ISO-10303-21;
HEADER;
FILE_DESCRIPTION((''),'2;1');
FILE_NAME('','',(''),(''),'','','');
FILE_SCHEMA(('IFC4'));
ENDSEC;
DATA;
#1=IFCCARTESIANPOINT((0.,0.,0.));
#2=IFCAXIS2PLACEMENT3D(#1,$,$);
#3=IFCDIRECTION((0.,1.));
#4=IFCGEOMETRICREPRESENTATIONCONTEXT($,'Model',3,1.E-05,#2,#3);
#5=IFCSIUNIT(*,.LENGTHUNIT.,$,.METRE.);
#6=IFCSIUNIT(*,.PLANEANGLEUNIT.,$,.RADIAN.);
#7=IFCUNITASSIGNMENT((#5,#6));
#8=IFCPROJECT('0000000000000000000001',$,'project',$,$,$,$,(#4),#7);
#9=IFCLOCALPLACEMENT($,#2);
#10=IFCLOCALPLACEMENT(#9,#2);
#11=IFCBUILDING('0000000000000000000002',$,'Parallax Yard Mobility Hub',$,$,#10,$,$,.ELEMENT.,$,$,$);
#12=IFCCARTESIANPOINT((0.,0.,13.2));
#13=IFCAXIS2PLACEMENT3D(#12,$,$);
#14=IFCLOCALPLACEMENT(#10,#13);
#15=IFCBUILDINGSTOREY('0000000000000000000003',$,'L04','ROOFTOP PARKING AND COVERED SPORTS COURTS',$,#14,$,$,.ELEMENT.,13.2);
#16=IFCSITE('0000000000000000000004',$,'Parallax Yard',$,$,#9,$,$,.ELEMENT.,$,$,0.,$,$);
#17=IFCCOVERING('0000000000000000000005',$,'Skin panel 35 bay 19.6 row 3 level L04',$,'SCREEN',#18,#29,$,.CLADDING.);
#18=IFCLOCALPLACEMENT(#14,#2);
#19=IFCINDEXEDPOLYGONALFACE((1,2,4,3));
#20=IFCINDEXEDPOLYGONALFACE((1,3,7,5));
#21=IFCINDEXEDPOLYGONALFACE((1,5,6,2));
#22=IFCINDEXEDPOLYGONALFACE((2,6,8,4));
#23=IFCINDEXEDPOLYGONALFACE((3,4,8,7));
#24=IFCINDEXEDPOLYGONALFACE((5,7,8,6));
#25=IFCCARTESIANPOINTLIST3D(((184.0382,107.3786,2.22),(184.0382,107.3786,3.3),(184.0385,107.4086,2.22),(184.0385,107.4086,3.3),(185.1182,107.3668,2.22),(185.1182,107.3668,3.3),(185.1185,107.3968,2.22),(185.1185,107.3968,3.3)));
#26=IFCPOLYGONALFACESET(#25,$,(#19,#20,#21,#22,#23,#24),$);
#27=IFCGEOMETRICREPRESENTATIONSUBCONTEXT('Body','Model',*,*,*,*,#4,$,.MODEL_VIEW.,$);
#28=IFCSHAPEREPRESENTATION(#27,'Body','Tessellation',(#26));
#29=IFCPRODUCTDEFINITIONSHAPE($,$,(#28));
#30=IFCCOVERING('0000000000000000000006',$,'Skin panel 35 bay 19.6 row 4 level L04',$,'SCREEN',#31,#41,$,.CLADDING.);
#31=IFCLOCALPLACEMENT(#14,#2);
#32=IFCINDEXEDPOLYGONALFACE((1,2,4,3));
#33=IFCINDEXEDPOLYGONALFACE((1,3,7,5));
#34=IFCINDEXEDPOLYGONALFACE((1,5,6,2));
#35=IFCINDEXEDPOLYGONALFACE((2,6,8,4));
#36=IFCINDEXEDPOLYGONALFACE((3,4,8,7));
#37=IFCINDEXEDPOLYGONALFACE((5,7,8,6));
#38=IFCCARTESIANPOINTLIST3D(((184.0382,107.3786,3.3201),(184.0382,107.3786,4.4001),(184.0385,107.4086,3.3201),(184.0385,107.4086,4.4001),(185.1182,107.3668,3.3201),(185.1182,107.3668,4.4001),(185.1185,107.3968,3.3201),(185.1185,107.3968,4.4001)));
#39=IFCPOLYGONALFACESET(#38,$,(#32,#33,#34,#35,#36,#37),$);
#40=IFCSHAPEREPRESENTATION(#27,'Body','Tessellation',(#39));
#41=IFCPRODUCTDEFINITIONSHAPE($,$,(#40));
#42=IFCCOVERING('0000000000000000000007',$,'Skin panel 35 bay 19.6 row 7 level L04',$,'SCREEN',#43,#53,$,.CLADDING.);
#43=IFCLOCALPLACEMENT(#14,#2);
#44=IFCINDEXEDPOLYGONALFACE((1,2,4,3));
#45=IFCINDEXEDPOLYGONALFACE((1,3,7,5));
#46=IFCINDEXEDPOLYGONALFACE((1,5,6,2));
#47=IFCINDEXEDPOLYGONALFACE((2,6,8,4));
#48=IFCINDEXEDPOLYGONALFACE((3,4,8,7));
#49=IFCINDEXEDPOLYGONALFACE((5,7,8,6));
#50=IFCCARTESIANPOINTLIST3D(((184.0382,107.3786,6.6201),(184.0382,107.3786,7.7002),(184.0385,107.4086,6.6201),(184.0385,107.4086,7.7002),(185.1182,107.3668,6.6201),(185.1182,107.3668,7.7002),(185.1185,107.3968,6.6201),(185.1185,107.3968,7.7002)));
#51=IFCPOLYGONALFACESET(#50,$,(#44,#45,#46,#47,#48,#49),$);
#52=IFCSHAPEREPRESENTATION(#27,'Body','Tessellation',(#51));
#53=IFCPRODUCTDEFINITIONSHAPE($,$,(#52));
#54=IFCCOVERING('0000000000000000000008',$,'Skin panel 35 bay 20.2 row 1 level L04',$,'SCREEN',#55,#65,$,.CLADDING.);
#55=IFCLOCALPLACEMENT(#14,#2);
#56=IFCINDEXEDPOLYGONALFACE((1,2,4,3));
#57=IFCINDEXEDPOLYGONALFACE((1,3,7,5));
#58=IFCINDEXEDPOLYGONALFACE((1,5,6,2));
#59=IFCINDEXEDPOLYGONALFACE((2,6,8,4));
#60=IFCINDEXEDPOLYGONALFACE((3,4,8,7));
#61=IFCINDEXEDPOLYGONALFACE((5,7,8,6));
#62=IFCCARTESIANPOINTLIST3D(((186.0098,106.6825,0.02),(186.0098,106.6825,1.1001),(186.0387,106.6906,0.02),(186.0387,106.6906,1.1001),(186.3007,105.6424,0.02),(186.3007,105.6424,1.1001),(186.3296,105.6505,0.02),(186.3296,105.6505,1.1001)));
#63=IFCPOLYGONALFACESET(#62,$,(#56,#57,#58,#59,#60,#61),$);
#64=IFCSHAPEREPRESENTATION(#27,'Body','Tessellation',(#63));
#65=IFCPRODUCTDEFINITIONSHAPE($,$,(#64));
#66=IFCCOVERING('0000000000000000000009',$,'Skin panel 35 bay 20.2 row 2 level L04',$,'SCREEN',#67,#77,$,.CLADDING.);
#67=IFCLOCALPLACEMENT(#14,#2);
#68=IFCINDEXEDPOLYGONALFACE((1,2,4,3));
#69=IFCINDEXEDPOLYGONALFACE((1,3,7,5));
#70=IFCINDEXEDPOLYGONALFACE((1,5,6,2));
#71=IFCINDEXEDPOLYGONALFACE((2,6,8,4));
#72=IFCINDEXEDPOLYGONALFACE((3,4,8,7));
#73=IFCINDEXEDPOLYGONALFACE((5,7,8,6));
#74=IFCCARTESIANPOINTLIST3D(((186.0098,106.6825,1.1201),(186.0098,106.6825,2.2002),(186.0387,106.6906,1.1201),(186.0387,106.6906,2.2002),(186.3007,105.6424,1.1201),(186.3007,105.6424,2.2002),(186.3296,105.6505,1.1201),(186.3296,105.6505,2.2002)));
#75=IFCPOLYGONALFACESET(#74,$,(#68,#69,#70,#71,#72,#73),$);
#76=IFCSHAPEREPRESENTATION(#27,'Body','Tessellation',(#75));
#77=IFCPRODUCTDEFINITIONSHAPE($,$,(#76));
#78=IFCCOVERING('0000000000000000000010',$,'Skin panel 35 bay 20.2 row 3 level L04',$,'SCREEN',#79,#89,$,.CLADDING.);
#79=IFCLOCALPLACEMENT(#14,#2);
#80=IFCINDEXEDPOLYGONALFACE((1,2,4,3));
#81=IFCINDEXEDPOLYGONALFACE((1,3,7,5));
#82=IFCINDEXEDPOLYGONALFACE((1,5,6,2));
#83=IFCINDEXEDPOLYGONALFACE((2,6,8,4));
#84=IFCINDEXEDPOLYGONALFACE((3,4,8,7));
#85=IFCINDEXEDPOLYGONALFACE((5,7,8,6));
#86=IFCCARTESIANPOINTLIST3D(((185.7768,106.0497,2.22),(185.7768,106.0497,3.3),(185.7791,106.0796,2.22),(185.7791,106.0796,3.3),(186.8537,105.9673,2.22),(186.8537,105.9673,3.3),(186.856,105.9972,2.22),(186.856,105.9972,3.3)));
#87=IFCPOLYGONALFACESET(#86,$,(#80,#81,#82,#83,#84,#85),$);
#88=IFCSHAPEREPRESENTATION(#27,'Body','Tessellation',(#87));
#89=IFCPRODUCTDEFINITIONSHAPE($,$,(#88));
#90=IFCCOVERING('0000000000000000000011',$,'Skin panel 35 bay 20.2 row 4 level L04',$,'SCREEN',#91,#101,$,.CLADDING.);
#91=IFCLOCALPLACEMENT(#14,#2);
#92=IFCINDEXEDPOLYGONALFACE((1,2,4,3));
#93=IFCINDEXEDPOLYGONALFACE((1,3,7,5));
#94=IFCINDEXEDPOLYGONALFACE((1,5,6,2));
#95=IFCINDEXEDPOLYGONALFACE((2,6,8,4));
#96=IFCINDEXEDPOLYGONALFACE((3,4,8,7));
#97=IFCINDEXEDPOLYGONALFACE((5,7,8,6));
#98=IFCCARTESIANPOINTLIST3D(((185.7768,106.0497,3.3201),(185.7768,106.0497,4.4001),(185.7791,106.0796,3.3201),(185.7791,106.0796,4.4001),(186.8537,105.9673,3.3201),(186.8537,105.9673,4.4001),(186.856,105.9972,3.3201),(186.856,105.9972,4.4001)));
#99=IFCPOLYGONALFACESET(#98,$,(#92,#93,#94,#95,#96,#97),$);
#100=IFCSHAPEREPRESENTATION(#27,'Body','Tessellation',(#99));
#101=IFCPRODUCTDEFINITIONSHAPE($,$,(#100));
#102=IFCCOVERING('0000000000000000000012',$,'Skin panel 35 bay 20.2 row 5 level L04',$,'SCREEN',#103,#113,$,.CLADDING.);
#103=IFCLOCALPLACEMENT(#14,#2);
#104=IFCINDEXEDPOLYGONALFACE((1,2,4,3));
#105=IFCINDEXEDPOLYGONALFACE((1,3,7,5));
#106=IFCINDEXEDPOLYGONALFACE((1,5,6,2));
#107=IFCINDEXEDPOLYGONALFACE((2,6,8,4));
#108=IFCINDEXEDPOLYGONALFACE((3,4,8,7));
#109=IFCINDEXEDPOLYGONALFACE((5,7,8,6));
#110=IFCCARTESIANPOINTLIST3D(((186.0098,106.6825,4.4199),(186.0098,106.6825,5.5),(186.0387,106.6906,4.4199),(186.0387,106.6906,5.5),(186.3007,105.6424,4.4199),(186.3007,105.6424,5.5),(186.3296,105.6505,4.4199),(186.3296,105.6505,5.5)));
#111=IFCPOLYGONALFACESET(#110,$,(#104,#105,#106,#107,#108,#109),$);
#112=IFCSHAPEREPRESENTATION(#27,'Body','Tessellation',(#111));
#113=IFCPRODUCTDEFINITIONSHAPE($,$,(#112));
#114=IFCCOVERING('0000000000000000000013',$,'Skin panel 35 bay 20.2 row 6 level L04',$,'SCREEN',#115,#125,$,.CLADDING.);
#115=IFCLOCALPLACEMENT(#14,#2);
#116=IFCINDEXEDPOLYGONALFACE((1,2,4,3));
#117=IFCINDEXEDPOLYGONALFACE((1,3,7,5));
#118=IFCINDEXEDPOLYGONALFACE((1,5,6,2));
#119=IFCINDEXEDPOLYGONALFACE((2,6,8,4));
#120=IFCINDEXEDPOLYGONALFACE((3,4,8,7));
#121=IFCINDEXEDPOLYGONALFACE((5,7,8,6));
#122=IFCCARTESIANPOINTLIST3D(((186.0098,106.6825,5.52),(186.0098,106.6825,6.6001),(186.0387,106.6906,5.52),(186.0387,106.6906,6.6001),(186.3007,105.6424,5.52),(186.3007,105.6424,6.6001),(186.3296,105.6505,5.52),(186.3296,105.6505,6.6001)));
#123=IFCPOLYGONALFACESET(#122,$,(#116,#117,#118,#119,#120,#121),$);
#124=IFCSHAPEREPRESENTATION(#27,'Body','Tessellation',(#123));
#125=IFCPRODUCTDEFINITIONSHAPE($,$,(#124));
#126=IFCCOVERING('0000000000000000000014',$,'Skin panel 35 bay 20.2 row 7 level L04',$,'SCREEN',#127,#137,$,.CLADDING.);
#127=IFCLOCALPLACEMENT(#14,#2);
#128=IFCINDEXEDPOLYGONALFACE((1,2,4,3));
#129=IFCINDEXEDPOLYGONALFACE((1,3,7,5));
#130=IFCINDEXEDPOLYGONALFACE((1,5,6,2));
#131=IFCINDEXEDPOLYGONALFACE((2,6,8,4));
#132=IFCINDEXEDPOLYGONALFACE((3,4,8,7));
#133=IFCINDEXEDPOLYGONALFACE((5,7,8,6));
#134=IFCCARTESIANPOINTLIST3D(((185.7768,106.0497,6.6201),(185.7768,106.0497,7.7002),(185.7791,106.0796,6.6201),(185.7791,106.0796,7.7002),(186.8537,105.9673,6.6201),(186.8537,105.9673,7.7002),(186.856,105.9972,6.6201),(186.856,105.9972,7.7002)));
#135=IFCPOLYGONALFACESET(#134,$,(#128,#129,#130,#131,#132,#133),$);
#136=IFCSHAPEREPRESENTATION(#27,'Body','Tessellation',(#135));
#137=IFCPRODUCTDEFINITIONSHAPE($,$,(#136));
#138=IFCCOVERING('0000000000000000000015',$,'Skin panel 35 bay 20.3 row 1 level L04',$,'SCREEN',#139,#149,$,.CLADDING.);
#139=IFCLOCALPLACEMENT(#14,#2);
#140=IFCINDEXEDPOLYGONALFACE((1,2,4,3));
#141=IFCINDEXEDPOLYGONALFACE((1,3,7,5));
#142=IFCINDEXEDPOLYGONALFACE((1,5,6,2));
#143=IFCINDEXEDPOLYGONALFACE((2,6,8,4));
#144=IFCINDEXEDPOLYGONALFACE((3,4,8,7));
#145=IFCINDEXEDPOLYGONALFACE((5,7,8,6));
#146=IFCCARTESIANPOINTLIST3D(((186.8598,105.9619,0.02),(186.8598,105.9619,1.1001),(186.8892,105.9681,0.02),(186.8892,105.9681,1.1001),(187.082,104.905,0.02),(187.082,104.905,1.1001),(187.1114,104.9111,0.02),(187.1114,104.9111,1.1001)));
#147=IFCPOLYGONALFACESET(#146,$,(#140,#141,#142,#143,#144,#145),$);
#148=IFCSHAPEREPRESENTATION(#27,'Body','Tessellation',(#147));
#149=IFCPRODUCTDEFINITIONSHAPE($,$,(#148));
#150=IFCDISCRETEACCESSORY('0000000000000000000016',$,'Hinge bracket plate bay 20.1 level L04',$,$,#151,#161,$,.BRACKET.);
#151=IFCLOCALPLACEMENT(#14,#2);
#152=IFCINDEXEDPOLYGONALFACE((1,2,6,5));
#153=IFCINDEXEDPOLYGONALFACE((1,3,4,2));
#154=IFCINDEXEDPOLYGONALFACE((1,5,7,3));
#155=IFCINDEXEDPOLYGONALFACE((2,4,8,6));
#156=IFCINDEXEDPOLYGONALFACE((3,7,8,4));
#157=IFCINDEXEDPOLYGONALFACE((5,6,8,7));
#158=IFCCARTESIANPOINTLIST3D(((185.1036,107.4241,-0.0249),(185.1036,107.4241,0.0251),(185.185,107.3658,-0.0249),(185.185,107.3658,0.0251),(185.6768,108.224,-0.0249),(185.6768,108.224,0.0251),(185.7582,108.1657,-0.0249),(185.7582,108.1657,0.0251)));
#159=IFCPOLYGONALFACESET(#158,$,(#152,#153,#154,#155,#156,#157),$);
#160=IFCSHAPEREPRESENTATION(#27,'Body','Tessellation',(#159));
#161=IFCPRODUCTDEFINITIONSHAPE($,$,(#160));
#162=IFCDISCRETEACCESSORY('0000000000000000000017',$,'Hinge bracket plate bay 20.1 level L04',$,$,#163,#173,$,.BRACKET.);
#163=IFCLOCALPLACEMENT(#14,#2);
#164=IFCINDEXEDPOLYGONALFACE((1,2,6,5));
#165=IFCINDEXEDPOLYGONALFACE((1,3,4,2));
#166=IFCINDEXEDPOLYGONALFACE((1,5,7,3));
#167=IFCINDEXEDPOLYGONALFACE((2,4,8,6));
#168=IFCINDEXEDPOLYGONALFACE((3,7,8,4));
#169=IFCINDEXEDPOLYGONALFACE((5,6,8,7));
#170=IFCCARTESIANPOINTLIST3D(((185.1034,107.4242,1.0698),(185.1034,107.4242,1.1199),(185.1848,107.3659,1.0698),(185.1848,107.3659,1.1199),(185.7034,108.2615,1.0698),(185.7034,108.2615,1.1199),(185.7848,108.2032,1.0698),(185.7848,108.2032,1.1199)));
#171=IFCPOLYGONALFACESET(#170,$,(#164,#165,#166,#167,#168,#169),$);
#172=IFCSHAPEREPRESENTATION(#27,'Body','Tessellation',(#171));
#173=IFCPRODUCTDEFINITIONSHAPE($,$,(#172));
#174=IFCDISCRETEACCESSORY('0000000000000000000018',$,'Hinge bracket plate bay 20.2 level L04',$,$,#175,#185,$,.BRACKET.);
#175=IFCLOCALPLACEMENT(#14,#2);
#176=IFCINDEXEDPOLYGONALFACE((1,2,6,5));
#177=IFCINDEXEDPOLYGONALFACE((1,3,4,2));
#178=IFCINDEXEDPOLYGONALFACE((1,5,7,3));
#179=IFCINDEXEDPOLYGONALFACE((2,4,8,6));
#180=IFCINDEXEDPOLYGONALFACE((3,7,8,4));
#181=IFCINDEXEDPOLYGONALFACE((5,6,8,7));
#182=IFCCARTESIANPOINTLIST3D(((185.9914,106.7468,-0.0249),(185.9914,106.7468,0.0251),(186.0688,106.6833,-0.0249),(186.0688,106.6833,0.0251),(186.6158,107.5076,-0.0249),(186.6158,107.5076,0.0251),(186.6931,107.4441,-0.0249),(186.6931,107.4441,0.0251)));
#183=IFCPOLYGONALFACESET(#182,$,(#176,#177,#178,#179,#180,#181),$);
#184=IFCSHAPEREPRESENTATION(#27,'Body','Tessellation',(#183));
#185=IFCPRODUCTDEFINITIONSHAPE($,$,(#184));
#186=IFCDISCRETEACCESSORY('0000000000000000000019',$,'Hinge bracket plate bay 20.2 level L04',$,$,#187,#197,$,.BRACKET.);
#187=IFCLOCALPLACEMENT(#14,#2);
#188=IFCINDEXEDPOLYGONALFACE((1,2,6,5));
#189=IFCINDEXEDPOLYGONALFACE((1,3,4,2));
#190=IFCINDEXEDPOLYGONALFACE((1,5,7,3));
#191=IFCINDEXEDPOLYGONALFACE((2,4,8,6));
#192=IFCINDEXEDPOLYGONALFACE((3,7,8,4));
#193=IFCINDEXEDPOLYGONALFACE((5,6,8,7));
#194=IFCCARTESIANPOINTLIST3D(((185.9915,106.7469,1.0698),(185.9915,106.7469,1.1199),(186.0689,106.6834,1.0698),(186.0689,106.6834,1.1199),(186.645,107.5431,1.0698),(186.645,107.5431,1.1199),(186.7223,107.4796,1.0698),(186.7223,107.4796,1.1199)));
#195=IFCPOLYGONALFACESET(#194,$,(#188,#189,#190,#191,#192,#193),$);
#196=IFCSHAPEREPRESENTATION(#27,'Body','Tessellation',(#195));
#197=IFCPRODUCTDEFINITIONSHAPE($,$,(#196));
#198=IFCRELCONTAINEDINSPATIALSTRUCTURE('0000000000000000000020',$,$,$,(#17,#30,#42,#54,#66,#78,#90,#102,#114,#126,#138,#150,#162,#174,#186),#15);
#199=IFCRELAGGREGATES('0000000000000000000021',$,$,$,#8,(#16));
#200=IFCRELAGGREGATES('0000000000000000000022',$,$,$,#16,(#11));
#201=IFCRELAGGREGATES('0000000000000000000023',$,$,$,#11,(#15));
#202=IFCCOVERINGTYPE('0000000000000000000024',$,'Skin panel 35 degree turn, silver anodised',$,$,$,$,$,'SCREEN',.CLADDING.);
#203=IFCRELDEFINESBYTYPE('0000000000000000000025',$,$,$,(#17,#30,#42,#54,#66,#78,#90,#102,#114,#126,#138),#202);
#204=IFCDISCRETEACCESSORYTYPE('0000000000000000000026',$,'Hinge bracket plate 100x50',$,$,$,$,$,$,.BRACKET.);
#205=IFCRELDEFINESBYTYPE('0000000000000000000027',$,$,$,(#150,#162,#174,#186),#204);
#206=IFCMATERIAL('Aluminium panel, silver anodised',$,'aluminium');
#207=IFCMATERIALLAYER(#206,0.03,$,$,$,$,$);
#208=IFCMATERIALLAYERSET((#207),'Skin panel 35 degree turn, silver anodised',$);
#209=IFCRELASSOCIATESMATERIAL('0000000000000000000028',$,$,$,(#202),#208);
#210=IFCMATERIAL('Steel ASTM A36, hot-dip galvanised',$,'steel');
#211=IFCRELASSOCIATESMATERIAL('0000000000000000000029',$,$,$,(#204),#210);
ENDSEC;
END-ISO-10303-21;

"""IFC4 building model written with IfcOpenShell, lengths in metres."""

from ifc_helpers import new_model, si_unit, direction, frame, origin, origin_2d, place, context, subcontext, project, spatial, rectangle, extrude, material, layer, layer_set, type_object, element, save


model = new_model("IFC4")

# Units and contexts
model_context = context("Model", 3, precision=1e-05, world=origin(), true_north=direction((0.0, 1.0)))
body_context = subcontext(model_context, "Body", "Model", "MODEL_VIEW")
ifc_project = project(units=[si_unit("LENGTHUNIT", "METRE"), si_unit("PLANEANGLEUNIT", "RADIAN")], contexts=[model_context])

# Site, building, storey
site_placement = place(None, origin())
site = spatial("IfcSite", under=ifc_project, at=site_placement, Name="Parallax Yard", CompositionType="ELEMENT", RefElevation=0.0)
building_placement = place(site_placement, origin())
building = spatial("IfcBuilding", under=site, at=building_placement, Name="Parallax Yard Mobility Hub", CompositionType="ELEMENT")
storey_placement = place(building_placement, frame((0.0, 0.0, 13.2)))
storey = spatial("IfcBuildingStorey", under=building, at=storey_placement, Name="L04", Description="ROOFTOP PARKING AND COVERED SPORTS COURTS", CompositionType="ELEMENT", Elevation=13.2)

# Coverings
ifc_material_1 = material(Name="Aluminium panel, silver anodised", Category="aluminium")
ifc_layer_1 = layer(ifc_material_1, 0.03)
ifc_layer_set_1 = layer_set([ifc_layer_1], Name="Skin panel 35 degree turn, silver anodised")
covering_type_1 = type_object("IfcCoveringType", Name="Skin panel 35 degree turn, silver anodised", ElementType="SCREEN", PredefinedType="CLADDING", material=ifc_layer_set_1)
for number, where, z_axis, x_axis, name in (
    (1, (184.5784, 107.3877, 2.22), (0.0, 0.0, 1.0), (-0.999941, 0.010908, 0.0), "Skin panel 35 bay 19.6 row 3 level L04"),
    (2, (184.5784, 107.3877, 3.3201), (0.0, 0.0, 1.0), (-0.999941, 0.010908, 0.0), "Skin panel 35 bay 19.6 row 4 level L04"),
    (3, (184.5784, 107.3877, 6.6201), (0.0, 0.0, 1.0), (-0.999941, 0.010908, 0.0), "Skin panel 35 bay 19.6 row 7 level L04"),
    (4, (186.1697, 106.1665, 0.02), (0.0, 0.0, 1.0), (0.26934, -0.963045, 0.0), "Skin panel 35 bay 20.2 row 1 level L04"),
    (5, (186.1697, 106.1665, 1.1201), (0.0, 0.0, 1.0), (0.26934, -0.963045, 0.0), "Skin panel 35 bay 20.2 row 2 level L04"),
    (6, (186.3164, 106.0234, 2.22), (0.0, 0.0, 1.0), (-0.997086, 0.076284, 0.0), "Skin panel 35 bay 20.2 row 3 level L04"),
    (7, (186.3164, 106.0234, 3.3201), (0.0, 0.0, 1.0), (-0.997086, 0.076284, 0.0), "Skin panel 35 bay 20.2 row 4 level L04"),
    (8, (186.1697, 106.1665, 4.4199), (0.0, 0.0, 1.0), (0.26934, -0.963045, 0.0), "Skin panel 35 bay 20.2 row 5 level L04"),
    (9, (186.1697, 106.1665, 5.52), (0.0, 0.0, 1.0), (0.26934, -0.963045, 0.0), "Skin panel 35 bay 20.2 row 6 level L04"),
    (10, (186.3164, 106.0234, 6.6201), (0.0, 0.0, 1.0), (-0.997086, 0.076284, 0.0), "Skin panel 35 bay 20.2 row 7 level L04"),
    (11, (186.9856, 105.4365, 0.02), (0.0, 0.0, 1.0), (0.205777, -0.978599, 0.0), "Skin panel 35 bay 20.3 row 1 level L04"),
):
    element("IfcCovering", number, at=place(storey_placement, frame(where, z_axis=z_axis, x_axis=x_axis)), inside=storey, type_object=covering_type_1, Name=name, ObjectType="SCREEN", PredefinedType="CLADDING", context=body_context, shape_type="SweptSolid", body=[
        extrude(rectangle(XDim=1.0801, YDim=0.03, at=origin_2d()), origin(), (0.0, 0.0, 1.0), 1.0801),
    ])

# Discrete accessories
ifc_material_2 = material(Name="Steel ASTM A36, hot-dip galvanised", Category="steel")
discrete_accessory_type_1 = type_object("IfcDiscreteAccessoryType", Name="Hinge bracket plate 100x50", PredefinedType="BRACKET", material=ifc_material_2)
discrete_accessory_1_placement = place(storey_placement, frame((185.4309, 107.7949, -0.0249), z_axis=(0.0, 0.0, 1.0), x_axis=(-0.582478, -0.812847, 0.0)))
element("IfcDiscreteAccessory", 12, at=discrete_accessory_1_placement, inside=storey, type_object=discrete_accessory_type_1, Name="Hinge bracket plate bay 20.1 level L04", PredefinedType="BRACKET", context=body_context, shape_type="SweptSolid", body=[
    extrude(rectangle(XDim=0.9841, YDim=0.1001, at=origin_2d()), origin(), (0.0, 0.0, 1.0), 0.05),
])
discrete_accessory_2_placement = place(storey_placement, frame((185.4441, 107.8137, 1.0698), z_axis=(0.0, 0.0, 1.0), x_axis=(-0.582478, -0.812847, 0.0)))
element("IfcDiscreteAccessory", 13, at=discrete_accessory_2_placement, inside=storey, type_object=discrete_accessory_type_1, Name="Hinge bracket plate bay 20.1 level L04", PredefinedType="BRACKET", context=body_context, shape_type="SweptSolid", body=[
    extrude(rectangle(XDim=1.03, YDim=0.1001, at=origin_2d()), origin(), (0.0, 0.0, 1.0), 0.05),
])
discrete_accessory_3_placement = place(storey_placement, frame((186.3423, 107.0955, -0.0249), z_axis=(0.0, 0.0, 1.0), x_axis=(-0.634393, -0.77301, 0.0)))
element("IfcDiscreteAccessory", 14, at=discrete_accessory_3_placement, inside=storey, type_object=discrete_accessory_type_1, Name="Hinge bracket plate bay 20.2 level L04", PredefinedType="BRACKET", context=body_context, shape_type="SweptSolid", body=[
    extrude(rectangle(XDim=0.9841, YDim=0.1001, at=origin_2d()), origin(), (0.0, 0.0, 1.0), 0.05),
])
discrete_accessory_4_placement = place(storey_placement, frame((186.3569, 107.1133, 1.0698), z_axis=(0.0, 0.0, 1.0), x_axis=(-0.634393, -0.77301, 0.0)))
element("IfcDiscreteAccessory", 15, at=discrete_accessory_4_placement, inside=storey, type_object=discrete_accessory_type_1, Name="Hinge bracket plate bay 20.2 level L04", PredefinedType="BRACKET", context=body_context, shape_type="SweptSolid", body=[
    extrude(rectangle(XDim=1.03, YDim=0.1001, at=origin_2d()), origin(), (0.0, 0.0, 1.0), 0.05),
])

save(model, "model.ifc")
